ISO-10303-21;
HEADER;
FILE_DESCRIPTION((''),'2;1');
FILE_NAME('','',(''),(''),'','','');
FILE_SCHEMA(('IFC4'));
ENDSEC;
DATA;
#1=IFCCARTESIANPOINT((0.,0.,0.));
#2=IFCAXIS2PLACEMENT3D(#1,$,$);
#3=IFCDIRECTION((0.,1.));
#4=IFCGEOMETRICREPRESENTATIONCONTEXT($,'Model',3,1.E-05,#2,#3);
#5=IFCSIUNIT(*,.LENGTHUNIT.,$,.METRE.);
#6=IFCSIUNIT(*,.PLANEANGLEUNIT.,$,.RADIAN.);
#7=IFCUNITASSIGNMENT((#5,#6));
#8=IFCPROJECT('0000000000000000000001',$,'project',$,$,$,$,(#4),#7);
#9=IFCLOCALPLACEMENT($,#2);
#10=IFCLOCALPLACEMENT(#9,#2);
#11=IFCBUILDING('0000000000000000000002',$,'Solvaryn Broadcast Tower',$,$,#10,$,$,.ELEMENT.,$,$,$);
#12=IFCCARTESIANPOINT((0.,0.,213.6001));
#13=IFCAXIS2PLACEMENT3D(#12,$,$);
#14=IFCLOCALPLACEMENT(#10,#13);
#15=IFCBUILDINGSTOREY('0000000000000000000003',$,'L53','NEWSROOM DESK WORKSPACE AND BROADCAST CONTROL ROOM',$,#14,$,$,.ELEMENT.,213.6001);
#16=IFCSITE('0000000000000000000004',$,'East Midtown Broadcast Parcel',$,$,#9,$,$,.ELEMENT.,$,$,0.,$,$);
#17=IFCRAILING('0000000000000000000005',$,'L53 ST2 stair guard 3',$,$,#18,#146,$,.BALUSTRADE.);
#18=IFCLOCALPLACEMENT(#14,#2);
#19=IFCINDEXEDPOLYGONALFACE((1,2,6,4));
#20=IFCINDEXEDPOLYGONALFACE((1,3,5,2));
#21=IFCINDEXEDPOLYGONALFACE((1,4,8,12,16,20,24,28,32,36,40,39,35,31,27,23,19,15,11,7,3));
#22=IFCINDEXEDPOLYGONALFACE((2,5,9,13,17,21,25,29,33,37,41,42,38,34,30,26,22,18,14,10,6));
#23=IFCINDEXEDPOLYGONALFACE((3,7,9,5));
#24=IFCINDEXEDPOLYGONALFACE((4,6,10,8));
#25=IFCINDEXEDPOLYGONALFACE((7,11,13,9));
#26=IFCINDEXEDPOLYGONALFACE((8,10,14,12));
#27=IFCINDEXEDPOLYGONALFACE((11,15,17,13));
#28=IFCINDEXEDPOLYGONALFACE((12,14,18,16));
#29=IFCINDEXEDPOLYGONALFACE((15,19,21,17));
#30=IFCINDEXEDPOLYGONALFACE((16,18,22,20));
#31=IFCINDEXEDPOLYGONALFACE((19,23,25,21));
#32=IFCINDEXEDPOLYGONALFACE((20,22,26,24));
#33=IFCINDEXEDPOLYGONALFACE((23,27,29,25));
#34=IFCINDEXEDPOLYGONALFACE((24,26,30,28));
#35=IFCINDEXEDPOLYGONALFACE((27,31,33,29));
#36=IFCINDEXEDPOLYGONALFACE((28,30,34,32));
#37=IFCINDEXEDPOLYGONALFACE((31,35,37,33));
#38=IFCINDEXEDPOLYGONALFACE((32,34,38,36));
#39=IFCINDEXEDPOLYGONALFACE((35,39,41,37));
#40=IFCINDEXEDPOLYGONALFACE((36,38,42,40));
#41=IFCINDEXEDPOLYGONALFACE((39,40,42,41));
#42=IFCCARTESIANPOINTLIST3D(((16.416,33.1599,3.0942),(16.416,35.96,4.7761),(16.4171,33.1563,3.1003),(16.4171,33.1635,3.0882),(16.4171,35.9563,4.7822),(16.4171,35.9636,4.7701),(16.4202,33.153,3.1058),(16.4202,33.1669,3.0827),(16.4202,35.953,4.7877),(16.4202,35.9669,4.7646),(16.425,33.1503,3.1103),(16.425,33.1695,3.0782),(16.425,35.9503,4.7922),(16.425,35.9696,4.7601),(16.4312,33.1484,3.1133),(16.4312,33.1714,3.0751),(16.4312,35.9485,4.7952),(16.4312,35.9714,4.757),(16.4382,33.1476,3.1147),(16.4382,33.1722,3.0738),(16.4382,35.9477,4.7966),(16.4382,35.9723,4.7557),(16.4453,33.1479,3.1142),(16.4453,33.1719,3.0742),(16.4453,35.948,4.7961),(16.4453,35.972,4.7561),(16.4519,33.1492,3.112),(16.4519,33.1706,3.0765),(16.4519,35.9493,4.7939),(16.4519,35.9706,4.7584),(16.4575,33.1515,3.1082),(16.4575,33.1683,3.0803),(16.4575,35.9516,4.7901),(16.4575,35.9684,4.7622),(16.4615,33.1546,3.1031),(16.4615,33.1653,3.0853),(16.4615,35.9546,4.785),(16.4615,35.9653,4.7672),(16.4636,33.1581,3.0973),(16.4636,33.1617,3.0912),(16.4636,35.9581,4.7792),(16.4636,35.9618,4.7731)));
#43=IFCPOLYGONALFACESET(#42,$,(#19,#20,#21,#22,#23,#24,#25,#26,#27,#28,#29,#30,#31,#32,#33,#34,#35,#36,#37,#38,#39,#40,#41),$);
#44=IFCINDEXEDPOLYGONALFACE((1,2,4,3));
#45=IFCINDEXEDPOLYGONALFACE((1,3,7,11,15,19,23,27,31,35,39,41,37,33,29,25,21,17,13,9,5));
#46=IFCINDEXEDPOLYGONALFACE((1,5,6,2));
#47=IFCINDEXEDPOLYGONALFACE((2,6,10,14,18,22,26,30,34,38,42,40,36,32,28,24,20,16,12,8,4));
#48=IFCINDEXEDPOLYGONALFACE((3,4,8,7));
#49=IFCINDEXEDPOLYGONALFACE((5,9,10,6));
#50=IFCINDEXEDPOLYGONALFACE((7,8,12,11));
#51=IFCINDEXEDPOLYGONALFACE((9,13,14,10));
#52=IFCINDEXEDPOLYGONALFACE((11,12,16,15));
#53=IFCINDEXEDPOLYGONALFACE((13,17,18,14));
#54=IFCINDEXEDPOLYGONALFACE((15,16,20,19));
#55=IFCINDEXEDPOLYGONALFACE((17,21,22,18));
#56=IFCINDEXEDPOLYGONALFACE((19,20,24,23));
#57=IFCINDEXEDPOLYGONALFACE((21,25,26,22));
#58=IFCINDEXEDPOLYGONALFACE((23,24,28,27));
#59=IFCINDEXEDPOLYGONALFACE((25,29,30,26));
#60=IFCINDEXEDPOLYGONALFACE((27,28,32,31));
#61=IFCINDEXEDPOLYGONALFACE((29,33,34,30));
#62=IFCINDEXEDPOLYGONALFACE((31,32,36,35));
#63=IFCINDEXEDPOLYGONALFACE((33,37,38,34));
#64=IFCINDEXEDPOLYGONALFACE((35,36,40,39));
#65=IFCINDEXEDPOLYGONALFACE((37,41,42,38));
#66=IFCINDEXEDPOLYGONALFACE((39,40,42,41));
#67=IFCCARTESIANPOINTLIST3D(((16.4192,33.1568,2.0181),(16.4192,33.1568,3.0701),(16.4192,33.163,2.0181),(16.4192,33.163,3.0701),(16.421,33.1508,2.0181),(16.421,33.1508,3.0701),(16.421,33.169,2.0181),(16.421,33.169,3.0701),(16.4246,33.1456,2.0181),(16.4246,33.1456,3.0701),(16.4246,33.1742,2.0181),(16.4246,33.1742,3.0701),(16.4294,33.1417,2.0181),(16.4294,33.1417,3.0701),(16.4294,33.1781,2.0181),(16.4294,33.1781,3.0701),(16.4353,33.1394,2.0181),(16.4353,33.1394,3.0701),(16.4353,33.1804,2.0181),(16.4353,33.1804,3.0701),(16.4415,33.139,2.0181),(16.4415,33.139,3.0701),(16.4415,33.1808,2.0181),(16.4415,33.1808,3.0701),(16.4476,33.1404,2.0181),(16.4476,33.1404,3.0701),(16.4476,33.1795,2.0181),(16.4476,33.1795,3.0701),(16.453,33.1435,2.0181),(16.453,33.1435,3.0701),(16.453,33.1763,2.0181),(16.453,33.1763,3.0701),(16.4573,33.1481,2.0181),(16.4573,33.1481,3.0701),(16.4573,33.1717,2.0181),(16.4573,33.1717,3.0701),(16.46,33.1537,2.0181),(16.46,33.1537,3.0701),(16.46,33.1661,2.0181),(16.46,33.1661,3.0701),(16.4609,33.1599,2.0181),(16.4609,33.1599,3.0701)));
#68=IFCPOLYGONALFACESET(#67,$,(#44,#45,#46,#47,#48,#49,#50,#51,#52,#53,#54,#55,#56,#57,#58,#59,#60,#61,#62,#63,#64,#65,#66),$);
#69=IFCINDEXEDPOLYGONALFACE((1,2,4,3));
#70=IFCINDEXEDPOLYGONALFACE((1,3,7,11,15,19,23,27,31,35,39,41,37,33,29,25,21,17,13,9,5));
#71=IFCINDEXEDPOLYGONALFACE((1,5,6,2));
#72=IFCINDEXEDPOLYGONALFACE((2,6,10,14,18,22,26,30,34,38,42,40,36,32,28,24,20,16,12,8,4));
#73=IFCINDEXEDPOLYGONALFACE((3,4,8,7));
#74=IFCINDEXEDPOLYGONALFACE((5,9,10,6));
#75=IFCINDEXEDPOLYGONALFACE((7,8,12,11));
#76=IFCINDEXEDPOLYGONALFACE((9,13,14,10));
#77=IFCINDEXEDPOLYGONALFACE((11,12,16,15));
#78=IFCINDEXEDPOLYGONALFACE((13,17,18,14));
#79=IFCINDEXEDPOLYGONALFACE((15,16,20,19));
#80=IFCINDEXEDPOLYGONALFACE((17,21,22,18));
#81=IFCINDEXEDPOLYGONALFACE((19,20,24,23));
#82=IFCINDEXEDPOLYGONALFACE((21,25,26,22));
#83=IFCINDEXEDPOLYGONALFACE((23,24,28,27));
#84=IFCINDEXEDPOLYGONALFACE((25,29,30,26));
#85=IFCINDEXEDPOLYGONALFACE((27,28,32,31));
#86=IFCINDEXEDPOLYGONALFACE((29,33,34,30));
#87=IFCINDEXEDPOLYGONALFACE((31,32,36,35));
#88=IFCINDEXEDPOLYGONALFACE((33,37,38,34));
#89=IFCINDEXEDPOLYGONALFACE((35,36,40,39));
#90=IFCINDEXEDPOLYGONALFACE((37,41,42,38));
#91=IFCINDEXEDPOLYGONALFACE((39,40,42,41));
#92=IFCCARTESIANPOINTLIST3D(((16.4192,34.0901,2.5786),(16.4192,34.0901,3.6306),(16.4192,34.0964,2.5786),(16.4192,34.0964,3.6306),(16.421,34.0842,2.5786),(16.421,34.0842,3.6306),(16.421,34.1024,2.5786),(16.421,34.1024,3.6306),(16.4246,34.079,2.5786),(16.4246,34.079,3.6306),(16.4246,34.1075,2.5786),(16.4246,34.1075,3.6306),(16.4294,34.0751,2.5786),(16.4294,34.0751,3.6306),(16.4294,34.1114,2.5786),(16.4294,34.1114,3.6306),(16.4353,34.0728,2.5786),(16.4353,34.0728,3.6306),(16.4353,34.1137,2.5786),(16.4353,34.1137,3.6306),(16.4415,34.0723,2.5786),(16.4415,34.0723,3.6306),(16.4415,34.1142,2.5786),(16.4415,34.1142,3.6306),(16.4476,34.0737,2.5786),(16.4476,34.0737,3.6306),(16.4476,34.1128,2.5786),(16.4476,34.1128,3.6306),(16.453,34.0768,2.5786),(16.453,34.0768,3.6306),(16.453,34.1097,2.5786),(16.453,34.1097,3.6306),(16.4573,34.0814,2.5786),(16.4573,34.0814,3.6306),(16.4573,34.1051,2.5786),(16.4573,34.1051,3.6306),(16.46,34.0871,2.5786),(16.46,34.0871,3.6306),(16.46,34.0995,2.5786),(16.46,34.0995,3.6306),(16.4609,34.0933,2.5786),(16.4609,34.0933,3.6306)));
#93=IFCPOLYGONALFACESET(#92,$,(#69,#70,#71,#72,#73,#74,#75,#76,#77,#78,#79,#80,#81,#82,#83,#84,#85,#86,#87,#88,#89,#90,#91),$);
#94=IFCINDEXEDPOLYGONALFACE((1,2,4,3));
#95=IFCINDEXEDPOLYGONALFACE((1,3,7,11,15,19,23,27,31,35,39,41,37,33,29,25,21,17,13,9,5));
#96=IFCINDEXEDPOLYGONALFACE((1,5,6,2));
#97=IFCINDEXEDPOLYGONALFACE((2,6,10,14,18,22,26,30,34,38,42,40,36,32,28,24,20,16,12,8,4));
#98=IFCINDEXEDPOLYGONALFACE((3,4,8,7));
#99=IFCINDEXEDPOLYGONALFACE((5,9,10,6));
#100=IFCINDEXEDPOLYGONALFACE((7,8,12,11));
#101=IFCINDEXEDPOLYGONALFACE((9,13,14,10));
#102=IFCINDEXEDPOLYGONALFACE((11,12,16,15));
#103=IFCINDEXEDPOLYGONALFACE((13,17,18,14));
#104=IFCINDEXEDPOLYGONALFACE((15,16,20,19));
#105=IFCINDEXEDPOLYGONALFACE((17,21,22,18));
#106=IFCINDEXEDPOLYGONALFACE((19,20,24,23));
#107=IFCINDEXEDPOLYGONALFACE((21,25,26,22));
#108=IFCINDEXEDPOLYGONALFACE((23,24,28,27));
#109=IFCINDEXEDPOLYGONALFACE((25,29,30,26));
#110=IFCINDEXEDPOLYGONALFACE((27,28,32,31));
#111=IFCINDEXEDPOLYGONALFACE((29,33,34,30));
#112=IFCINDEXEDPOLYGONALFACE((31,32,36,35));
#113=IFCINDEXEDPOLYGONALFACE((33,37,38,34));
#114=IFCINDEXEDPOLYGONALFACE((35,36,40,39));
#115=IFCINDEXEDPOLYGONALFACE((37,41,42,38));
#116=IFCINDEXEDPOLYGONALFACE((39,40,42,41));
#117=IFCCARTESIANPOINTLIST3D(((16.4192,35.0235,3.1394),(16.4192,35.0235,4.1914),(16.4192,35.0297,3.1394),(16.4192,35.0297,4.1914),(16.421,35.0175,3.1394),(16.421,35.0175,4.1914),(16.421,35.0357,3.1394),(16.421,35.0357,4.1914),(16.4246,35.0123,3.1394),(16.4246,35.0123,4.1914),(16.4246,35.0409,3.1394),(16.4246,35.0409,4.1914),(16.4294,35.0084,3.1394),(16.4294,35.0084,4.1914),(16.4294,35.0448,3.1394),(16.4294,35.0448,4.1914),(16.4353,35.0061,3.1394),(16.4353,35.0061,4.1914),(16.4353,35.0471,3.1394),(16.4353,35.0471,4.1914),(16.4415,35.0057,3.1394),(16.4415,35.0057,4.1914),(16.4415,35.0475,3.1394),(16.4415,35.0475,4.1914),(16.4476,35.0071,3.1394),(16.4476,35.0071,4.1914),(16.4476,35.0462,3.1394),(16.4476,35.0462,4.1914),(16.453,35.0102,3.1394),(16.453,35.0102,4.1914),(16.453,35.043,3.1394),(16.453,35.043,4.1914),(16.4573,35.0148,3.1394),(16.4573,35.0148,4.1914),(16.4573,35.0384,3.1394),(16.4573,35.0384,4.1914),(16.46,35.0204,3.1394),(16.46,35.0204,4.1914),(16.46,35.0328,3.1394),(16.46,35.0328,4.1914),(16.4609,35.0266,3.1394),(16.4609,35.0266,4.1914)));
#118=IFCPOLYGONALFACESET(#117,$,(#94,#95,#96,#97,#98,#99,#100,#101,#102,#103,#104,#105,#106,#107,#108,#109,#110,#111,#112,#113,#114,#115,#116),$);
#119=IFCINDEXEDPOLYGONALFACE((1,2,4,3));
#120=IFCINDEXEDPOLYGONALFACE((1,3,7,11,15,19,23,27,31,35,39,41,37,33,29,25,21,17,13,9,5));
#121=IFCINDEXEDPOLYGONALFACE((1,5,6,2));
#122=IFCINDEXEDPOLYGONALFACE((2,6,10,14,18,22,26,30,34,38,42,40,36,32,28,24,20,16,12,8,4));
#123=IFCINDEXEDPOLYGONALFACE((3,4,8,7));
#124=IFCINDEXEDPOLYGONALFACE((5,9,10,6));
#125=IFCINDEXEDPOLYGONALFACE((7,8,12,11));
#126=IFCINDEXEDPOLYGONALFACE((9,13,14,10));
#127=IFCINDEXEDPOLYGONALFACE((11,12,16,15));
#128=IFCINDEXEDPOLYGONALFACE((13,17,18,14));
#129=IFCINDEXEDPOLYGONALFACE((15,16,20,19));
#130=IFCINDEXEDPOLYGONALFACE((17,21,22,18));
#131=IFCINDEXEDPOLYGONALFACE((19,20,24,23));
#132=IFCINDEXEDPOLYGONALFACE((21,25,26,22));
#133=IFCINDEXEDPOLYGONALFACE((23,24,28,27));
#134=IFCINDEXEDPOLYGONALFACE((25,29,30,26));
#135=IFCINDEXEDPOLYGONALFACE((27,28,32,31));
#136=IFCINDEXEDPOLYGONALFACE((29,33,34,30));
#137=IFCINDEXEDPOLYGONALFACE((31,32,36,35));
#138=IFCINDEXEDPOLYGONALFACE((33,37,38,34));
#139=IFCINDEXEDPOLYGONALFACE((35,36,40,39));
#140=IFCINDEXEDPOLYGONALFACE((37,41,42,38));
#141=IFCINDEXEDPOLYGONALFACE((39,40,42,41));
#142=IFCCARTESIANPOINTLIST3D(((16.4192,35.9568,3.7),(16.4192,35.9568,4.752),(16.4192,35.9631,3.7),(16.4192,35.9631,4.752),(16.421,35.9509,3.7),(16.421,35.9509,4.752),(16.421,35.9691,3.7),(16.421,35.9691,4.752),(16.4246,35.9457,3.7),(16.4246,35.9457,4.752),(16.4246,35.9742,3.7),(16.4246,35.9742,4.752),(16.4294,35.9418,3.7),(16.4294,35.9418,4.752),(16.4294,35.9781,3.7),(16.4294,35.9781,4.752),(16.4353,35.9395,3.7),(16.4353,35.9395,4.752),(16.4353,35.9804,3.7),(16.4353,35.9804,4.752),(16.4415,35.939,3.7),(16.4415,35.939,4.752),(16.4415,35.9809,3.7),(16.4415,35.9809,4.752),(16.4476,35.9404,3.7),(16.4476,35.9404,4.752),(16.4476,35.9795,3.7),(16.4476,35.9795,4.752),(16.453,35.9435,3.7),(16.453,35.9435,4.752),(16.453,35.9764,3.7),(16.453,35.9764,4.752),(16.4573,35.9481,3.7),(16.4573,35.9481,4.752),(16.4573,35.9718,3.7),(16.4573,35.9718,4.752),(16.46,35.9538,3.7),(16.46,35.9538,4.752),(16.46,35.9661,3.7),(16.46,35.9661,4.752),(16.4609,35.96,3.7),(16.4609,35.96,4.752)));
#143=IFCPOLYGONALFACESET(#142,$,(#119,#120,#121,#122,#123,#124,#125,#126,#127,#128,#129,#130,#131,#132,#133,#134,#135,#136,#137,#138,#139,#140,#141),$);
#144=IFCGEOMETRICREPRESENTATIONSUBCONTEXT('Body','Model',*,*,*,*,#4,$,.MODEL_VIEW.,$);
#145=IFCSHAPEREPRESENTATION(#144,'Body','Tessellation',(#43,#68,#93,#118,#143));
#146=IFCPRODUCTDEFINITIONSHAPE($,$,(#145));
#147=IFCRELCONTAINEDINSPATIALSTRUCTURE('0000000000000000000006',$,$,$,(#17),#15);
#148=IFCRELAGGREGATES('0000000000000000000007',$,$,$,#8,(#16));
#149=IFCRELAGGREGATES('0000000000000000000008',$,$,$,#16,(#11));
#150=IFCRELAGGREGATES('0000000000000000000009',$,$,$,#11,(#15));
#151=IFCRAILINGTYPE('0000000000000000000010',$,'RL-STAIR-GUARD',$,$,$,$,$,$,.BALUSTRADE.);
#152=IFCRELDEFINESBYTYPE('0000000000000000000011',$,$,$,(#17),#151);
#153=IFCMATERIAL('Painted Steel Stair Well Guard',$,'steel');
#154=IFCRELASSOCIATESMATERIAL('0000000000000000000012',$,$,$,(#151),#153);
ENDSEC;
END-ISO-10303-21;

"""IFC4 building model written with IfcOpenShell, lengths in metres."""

from ifc_helpers import new_model, si_unit, direction, frame, origin, origin_2d, place, context, subcontext, project, spatial, circle, extrude, material, type_object, element, save


model = new_model("IFC4")

# Units and contexts
model_context = context("Model", 3, precision=1e-05, world=origin(), true_north=direction((0.0, 1.0)))
body_context = subcontext(model_context, "Body", "Model", "MODEL_VIEW")
ifc_project = project(units=[si_unit("LENGTHUNIT", "METRE"), si_unit("PLANEANGLEUNIT", "RADIAN")], contexts=[model_context])

# Site, building, storey
site_placement = place(None, origin())
site = spatial("IfcSite", under=ifc_project, at=site_placement, Name="East Midtown Broadcast Parcel", CompositionType="ELEMENT", RefElevation=0.0)
building_placement = place(site_placement, origin())
building = spatial("IfcBuilding", under=site, at=building_placement, Name="Solvaryn Broadcast Tower", CompositionType="ELEMENT")
storey_placement = place(building_placement, frame((0.0, 0.0, 213.6001)))
storey = spatial("IfcBuildingStorey", under=building, at=storey_placement, Name="L53", Description="NEWSROOM DESK WORKSPACE AND BROADCAST CONTROL ROOM", CompositionType="ELEMENT", Elevation=213.6001)

# Railing
ifc_material_1 = material(Name="Painted Steel Stair Well Guard", Category="steel")
railing_type_1 = type_object("IfcRailingType", Name="RL-STAIR-GUARD", PredefinedType="BALUSTRADE", material=ifc_material_1)
railing_1_placement = place(storey_placement, frame((16.4399, 33.1599, 2.0181)))
element("IfcRailing", 1, at=railing_1_placement, inside=storey, type_object=railing_type_1, Name="L53 ST2 stair guard 3", PredefinedType="BALUSTRADE", context=body_context, shape_type="SweptSolid", body=[
    extrude(circle(Radius=0.0239, at=origin_2d()), frame((0.0, 0.0, 1.0762), z_axis=(0.0, 0.857242, 0.514913), x_axis=(-1.0, 0.0, 0.0)), (0.0, 0.0, 1.0), 3.2664),
    extrude(circle(Radius=0.021, at=origin_2d()), origin(), (0.0, 0.0, 1.0), 1.052),
    extrude(circle(Radius=0.021, at=origin_2d()), frame((0.0, 0.9333, 0.5605)), (0.0, 0.0, 1.0), 1.052),
    extrude(circle(Radius=0.021, at=origin_2d()), frame((0.0, 1.8667, 1.1213)), (0.0, 0.0, 1.0), 1.052),
    extrude(circle(Radius=0.021, at=origin_2d()), frame((0.0, 2.8, 1.6819)), (0.0, 0.0, 1.0), 1.052),
])

save(model, "model.ifc")
